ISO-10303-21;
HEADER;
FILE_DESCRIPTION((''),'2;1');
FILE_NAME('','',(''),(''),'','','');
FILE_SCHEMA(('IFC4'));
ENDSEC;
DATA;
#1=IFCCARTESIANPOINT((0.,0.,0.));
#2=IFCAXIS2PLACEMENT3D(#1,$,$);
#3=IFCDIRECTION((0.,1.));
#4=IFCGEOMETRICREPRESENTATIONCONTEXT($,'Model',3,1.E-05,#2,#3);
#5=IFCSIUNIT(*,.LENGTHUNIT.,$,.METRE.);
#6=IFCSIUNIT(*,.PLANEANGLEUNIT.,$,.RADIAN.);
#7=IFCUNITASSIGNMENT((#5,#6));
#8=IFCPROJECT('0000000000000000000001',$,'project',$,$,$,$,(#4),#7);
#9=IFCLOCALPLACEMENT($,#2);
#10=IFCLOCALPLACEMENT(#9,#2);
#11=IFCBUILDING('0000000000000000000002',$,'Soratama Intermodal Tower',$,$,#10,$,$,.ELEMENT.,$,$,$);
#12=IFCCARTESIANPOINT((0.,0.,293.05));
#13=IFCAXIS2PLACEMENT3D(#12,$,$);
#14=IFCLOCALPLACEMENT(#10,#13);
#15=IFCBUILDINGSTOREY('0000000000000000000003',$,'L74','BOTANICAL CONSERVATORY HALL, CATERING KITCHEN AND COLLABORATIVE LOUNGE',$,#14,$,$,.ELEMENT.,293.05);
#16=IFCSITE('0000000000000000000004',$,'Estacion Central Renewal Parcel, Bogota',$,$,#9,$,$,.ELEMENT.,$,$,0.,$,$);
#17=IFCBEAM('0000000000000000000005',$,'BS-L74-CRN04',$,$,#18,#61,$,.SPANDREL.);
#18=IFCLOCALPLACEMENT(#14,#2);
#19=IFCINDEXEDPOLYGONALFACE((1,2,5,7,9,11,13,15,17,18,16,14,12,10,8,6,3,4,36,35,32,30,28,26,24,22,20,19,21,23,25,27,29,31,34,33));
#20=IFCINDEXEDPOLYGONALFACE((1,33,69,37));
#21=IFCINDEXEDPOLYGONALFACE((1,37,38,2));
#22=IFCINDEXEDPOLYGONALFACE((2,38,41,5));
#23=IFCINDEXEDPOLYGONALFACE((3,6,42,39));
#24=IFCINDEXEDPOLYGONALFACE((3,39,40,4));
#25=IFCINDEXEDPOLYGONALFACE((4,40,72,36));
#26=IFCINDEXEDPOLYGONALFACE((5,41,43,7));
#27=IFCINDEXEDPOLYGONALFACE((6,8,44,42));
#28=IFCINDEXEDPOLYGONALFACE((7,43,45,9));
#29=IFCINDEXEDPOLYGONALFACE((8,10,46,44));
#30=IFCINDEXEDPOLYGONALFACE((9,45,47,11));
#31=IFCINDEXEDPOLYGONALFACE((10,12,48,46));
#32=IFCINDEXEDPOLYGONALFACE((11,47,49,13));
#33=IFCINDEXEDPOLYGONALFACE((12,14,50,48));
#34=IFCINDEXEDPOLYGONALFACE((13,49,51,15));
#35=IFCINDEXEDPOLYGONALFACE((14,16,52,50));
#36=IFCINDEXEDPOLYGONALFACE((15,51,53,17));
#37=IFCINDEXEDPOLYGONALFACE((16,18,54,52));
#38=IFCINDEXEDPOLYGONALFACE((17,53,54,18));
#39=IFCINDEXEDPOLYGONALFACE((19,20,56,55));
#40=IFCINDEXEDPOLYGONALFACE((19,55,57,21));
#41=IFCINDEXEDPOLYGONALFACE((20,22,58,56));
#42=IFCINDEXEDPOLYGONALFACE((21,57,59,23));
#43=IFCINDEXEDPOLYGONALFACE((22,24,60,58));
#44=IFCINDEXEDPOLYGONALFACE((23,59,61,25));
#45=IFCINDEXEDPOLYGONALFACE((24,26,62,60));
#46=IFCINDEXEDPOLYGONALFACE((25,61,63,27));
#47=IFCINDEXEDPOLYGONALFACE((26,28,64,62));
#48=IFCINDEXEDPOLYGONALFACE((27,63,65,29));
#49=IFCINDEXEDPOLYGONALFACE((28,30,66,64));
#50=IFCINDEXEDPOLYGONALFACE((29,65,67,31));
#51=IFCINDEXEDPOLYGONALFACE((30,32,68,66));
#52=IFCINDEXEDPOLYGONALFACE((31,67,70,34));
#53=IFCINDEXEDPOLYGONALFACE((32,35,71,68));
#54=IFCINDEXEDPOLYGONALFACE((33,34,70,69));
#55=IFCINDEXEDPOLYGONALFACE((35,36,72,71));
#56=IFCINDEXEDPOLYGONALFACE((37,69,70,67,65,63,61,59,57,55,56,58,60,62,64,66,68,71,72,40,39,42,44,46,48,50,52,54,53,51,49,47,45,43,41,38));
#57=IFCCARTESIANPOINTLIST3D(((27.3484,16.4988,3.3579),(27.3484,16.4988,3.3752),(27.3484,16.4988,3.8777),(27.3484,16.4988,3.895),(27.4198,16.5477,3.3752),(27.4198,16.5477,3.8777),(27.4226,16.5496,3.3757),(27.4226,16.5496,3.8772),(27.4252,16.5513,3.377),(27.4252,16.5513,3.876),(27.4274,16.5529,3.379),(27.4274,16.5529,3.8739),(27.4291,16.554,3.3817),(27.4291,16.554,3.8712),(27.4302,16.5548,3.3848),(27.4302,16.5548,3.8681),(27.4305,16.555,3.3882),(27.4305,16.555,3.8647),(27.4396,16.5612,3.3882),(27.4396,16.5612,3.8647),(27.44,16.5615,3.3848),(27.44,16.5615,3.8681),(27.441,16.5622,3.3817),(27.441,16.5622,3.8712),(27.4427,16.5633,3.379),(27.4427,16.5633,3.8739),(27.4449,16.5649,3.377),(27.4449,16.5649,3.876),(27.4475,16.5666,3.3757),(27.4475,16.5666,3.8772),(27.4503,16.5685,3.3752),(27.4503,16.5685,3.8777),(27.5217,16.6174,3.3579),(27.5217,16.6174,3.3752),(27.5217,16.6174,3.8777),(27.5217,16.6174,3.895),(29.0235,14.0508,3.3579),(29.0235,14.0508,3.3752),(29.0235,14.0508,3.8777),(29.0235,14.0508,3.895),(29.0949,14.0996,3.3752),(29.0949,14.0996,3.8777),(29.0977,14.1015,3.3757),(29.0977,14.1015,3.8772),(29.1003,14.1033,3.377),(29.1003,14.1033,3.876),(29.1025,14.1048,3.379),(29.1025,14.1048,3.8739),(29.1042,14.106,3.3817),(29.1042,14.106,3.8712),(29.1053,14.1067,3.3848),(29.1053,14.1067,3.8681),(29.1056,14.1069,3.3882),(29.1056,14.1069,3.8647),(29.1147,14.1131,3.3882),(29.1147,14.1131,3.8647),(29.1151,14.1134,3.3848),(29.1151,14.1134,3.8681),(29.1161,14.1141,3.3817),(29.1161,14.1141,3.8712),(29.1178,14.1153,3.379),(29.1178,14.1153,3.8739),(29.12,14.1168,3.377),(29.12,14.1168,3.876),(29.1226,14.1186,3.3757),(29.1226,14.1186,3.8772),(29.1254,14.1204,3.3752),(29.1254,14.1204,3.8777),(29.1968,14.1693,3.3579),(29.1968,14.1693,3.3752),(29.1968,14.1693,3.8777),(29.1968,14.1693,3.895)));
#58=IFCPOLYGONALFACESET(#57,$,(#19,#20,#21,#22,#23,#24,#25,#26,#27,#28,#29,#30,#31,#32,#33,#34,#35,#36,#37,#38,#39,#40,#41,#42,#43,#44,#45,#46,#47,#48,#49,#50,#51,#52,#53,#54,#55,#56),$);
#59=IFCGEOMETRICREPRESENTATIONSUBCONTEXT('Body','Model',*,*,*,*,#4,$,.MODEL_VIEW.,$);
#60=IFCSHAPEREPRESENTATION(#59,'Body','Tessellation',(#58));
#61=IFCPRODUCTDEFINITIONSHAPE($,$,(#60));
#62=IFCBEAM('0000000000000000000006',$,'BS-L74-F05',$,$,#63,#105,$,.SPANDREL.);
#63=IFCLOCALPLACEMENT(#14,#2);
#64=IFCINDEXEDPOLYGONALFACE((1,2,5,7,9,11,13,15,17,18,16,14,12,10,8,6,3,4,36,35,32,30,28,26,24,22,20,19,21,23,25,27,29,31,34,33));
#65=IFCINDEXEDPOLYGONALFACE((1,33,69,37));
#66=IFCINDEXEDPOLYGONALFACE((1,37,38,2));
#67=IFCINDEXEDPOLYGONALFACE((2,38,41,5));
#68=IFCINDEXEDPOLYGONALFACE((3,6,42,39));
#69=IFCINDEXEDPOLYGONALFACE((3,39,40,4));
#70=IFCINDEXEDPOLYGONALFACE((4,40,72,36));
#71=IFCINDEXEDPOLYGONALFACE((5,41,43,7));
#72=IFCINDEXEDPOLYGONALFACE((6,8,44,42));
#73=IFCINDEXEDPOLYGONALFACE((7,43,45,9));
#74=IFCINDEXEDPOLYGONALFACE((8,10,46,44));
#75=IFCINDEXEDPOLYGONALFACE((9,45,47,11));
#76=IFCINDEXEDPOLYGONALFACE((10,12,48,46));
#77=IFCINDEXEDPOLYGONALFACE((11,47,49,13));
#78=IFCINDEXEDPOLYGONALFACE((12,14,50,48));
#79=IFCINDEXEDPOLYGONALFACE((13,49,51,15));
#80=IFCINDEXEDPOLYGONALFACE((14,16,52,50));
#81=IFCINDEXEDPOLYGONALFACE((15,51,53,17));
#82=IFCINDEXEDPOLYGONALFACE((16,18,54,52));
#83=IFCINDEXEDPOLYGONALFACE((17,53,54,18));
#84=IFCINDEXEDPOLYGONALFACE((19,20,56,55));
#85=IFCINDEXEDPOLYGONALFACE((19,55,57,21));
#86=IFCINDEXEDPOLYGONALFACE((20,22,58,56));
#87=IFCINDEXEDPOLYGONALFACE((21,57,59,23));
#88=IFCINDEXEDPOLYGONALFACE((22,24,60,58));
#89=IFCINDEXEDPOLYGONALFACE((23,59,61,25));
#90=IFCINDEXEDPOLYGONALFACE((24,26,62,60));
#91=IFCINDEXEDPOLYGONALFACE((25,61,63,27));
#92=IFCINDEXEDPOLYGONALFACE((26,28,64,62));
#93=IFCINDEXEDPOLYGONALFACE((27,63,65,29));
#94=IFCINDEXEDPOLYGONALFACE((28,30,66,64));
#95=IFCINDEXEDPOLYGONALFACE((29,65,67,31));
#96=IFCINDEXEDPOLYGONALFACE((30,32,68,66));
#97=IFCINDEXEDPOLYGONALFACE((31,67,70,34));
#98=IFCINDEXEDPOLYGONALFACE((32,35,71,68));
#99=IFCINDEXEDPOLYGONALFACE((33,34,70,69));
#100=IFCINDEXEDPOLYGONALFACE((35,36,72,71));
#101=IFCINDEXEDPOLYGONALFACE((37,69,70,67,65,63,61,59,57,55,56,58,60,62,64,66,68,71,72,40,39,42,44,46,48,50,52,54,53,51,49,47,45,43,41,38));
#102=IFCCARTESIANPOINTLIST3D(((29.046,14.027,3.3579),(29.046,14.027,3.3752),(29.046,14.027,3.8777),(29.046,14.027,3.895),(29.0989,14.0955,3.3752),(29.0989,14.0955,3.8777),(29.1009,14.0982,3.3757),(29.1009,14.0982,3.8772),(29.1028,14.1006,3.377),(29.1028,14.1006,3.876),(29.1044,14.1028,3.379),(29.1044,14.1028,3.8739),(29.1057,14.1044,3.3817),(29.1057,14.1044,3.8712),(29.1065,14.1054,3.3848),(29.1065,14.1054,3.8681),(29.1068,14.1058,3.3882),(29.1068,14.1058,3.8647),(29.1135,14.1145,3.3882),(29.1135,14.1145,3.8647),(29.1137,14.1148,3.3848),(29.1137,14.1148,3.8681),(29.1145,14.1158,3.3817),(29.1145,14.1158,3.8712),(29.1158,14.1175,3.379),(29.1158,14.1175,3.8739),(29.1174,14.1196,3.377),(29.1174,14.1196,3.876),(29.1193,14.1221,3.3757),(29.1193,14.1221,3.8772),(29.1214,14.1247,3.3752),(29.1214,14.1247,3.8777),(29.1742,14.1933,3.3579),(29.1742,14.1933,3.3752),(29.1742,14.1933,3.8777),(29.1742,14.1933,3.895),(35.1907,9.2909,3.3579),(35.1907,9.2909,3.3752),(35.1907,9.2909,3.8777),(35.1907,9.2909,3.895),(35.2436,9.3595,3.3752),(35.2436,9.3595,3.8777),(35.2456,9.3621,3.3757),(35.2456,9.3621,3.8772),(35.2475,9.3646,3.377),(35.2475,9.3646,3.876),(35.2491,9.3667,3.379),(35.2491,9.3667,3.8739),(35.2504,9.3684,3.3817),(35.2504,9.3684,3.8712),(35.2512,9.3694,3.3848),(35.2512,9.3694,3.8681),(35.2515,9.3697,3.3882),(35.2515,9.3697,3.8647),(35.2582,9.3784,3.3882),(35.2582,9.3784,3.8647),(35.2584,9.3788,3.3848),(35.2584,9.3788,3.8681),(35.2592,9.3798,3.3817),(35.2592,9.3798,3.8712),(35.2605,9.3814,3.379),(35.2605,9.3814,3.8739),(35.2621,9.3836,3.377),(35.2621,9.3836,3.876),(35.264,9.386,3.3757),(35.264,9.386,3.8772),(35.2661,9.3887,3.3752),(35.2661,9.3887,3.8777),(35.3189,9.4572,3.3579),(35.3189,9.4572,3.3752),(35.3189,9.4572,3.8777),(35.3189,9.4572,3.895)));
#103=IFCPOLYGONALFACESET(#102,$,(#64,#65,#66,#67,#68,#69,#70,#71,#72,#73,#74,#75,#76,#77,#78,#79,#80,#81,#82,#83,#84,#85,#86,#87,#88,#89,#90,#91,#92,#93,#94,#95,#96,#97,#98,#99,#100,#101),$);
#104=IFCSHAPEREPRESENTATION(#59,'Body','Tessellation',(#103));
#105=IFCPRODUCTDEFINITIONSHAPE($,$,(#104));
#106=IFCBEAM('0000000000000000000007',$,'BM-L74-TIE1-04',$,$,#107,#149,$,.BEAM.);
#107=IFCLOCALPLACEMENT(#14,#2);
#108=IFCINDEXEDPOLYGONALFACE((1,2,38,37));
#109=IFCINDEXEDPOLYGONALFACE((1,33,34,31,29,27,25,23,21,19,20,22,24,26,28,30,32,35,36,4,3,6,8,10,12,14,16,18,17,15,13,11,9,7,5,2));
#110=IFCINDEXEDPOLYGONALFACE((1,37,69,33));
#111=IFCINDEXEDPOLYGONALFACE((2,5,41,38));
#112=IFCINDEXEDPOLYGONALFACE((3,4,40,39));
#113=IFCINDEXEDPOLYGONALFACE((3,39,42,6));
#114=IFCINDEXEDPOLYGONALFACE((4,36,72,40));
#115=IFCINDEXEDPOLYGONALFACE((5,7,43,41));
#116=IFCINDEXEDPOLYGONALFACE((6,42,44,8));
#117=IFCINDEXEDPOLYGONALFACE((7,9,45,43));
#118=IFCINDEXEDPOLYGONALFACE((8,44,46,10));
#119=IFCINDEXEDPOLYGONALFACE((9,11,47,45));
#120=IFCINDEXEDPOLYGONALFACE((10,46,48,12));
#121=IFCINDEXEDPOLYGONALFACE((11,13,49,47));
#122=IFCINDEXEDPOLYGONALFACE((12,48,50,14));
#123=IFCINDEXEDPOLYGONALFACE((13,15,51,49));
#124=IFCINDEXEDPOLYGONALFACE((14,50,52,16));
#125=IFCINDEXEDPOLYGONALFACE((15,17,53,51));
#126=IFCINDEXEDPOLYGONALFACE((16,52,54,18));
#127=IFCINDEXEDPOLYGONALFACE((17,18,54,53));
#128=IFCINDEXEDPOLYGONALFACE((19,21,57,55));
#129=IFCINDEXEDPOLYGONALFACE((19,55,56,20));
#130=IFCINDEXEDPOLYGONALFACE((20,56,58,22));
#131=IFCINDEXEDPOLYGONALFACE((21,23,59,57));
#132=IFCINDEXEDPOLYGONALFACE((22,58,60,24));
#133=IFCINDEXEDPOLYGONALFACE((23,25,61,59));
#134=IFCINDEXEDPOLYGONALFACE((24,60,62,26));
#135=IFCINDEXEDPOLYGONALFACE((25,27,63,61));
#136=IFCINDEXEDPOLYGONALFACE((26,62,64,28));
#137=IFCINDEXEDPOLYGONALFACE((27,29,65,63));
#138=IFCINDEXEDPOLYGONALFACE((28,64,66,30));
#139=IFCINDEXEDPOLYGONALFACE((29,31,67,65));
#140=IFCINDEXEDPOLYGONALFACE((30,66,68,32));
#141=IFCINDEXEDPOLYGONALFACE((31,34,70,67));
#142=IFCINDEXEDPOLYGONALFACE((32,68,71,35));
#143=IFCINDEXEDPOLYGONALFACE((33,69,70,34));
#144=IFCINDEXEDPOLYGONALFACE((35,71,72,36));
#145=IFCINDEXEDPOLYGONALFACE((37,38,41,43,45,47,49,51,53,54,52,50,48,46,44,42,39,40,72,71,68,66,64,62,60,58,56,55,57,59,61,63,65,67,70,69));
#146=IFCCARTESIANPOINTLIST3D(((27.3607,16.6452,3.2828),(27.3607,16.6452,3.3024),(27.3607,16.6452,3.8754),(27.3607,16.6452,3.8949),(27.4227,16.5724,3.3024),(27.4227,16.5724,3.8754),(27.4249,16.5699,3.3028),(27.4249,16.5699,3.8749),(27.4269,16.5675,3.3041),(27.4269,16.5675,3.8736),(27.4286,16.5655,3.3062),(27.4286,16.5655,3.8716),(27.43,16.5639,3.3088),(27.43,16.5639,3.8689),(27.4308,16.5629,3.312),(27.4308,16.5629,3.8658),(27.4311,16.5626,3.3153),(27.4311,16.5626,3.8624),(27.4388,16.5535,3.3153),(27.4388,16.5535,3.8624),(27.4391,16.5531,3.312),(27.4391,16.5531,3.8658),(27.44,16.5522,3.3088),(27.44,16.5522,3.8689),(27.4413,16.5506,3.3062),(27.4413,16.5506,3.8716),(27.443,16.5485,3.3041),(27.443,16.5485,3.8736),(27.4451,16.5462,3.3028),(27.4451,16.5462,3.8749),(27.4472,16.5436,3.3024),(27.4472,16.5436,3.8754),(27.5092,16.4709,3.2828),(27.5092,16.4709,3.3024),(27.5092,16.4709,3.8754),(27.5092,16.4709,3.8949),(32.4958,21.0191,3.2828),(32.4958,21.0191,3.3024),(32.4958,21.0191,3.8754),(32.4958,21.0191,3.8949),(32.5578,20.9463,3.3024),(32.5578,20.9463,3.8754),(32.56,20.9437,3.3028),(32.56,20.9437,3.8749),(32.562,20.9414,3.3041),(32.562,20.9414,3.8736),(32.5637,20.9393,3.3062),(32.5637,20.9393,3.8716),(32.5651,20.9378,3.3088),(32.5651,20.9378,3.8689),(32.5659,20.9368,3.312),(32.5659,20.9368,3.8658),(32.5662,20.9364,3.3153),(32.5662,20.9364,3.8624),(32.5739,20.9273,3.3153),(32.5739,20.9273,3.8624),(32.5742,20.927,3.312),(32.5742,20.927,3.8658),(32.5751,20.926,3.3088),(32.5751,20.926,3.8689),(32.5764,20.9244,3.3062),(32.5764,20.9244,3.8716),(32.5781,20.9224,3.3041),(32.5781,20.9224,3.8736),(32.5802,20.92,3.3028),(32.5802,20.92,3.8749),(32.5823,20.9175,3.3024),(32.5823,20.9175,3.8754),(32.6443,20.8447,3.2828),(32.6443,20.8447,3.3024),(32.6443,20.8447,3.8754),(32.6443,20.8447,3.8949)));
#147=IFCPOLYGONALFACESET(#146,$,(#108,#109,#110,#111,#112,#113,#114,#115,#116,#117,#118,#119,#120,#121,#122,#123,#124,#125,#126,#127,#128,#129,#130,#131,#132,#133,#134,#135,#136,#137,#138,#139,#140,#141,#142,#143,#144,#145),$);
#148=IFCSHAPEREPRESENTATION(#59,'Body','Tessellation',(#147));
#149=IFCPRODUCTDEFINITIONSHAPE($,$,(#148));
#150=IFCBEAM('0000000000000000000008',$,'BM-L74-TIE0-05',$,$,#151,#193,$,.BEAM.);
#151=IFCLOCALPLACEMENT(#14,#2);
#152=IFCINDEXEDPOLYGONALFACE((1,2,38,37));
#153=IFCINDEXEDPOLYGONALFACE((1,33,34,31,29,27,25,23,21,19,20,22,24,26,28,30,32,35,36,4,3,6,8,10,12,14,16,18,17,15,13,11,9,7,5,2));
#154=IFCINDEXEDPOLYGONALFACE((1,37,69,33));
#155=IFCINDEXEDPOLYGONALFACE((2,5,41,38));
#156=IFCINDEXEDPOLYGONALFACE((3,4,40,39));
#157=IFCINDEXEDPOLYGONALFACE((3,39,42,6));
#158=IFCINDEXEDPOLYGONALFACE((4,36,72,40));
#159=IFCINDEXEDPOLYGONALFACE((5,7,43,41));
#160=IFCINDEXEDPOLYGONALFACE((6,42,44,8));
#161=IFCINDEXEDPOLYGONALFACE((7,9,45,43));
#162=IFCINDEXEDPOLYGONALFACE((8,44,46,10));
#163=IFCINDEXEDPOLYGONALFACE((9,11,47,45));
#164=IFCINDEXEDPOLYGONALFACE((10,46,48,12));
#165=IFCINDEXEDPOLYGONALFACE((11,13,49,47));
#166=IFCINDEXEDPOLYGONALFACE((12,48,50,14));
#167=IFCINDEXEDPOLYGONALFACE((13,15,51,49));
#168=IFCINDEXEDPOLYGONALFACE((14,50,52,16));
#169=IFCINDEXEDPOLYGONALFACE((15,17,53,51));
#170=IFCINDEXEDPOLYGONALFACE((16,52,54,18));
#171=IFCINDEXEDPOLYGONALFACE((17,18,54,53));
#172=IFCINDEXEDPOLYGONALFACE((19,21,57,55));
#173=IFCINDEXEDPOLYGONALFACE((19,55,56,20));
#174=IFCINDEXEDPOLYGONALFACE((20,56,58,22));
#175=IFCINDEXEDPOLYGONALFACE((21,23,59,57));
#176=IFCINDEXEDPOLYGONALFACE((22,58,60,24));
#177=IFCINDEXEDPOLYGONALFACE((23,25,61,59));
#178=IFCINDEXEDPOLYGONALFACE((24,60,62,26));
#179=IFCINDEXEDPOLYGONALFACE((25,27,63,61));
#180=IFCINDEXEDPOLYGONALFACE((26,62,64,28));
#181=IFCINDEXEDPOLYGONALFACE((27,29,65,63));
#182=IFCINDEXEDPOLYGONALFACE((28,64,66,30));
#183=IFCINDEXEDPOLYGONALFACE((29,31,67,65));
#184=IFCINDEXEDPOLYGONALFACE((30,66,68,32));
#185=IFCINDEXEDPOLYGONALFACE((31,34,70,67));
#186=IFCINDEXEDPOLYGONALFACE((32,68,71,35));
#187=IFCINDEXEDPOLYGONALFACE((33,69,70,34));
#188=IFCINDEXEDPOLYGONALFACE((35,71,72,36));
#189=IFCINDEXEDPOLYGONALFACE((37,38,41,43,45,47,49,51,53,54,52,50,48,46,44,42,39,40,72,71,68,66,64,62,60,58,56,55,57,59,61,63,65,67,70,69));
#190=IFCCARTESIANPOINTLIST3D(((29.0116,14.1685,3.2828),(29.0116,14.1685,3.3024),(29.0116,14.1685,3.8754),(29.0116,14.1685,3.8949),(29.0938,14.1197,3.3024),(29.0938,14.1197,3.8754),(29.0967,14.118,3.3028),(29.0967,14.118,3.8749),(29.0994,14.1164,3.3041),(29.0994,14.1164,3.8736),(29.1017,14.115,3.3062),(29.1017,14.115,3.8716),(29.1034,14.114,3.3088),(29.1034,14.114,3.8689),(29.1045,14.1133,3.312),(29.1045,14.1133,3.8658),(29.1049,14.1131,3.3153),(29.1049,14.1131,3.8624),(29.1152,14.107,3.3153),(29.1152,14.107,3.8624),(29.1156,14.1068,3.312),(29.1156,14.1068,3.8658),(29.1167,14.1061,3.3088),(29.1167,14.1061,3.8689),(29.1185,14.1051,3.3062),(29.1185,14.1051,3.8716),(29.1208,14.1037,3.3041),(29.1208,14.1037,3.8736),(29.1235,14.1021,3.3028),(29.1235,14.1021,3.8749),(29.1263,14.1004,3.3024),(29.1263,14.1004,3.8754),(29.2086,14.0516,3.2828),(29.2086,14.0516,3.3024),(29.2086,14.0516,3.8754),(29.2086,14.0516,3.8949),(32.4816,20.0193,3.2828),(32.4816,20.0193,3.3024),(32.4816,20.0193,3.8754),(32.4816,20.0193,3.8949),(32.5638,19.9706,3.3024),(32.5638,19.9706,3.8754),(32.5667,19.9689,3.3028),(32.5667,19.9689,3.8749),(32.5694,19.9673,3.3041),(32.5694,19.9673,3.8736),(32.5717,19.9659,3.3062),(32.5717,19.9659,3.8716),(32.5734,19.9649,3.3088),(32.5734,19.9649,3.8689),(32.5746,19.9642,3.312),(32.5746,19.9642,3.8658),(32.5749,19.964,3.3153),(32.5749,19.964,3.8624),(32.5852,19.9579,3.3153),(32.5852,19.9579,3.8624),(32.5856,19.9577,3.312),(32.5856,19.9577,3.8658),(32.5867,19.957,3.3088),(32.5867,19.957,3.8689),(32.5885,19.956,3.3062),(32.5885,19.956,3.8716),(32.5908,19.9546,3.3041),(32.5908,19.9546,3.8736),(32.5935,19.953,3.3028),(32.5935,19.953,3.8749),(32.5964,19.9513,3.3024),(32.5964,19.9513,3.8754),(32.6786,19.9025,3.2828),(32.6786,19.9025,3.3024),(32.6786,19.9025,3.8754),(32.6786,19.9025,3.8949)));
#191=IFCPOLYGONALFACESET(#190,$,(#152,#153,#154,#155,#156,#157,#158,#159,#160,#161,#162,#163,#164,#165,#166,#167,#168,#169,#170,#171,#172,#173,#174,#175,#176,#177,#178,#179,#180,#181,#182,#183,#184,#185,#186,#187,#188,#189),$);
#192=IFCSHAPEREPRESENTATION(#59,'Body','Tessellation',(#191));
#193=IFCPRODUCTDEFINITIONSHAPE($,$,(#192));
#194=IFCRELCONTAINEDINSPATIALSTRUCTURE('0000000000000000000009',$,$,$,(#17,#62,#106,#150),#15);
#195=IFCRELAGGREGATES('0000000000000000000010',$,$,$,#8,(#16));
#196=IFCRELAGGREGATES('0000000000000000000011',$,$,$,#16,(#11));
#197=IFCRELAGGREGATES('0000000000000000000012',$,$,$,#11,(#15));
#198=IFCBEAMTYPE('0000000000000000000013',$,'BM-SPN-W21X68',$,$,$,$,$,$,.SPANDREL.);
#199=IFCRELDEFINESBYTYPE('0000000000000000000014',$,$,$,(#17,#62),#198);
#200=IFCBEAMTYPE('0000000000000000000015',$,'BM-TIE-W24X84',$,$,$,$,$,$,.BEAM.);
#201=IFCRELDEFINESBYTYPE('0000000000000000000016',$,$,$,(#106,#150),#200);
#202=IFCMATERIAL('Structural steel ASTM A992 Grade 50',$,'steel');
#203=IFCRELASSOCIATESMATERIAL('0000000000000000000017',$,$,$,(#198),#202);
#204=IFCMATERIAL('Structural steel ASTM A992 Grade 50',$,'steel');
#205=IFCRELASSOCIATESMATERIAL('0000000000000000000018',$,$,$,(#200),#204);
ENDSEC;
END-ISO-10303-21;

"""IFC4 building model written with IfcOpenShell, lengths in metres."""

from ifc_helpers import new_model, si_unit, direction, frame, origin, origin_2d, place, context, subcontext, project, spatial, i_section, extrude, material, material_profile, profile_set, type_object, element, save


model = new_model("IFC4")

# Units and contexts
model_context = context("Model", 3, precision=1e-05, world=origin(), true_north=direction((0.0, 1.0)))
body_context = subcontext(model_context, "Body", "Model", "MODEL_VIEW")
ifc_project = project(units=[si_unit("LENGTHUNIT", "METRE"), si_unit("PLANEANGLEUNIT", "RADIAN")], contexts=[model_context])

# Site, building, storey
site_placement = place(None, origin())
site = spatial("IfcSite", under=ifc_project, at=site_placement, Name="Estacion Central Renewal Parcel, Bogota", CompositionType="ELEMENT", RefElevation=0.0)
building_placement = place(site_placement, origin())
building = spatial("IfcBuilding", under=site, at=building_placement, Name="Soratama Intermodal Tower", CompositionType="ELEMENT")
storey_placement = place(building_placement, frame((0.0, 0.0, 293.05)))
storey = spatial("IfcBuildingStorey", under=building, at=storey_placement, Name="L74", Description="BOTANICAL CONSERVATORY HALL, CATERING KITCHEN AND COLLABORATIVE LOUNGE", CompositionType="ELEMENT", Elevation=293.05)

# Beams
ifc_material_1 = material(Name="Structural steel ASTM A992 Grade 50", Category="steel")
ifc_material_profile_1 = material_profile(ifc_material_1, i_section(OverallWidth=0.21, OverallDepth=0.5371, WebThickness=0.011, FlangeThickness=0.0173, FilletRadius=0.0129, at=origin_2d()), Name="W21X68")
ifc_profile_set_1 = profile_set([ifc_material_profile_1], Name="Structural steel ASTM A992 Grade 50")
beam_type_1 = type_object("IfcBeamType", Name="BM-SPN-W21X68", PredefinedType="SPANDREL", material=ifc_profile_set_1)
beam_1_placement = place(storey_placement, frame((27.4351, 16.5581, 3.6265), z_axis=(0.564708, -0.825291, 0.0), x_axis=(0.825291, 0.564708, 0.0)))
element("IfcBeam", 1, at=beam_1_placement, inside=storey, type_object=beam_type_1, Name="BS-L74-CRN04", PredefinedType="SPANDREL", context=body_context, shape_type="SweptSolid", body=[
    extrude(i_section(OverallWidth=0.21, OverallDepth=0.5371, WebThickness=0.011, FlangeThickness=0.0173, FilletRadius=0.0129, at=origin_2d()), origin(), (0.0, 0.0, 1.0), 2.9663),
])
beam_2_placement = place(storey_placement, frame((29.1101, 14.1101, 3.6265), z_axis=(0.792042, -0.610466, 0.0), x_axis=(0.610466, 0.792042, 0.0)))
element("IfcBeam", 2, at=beam_2_placement, inside=storey, type_object=beam_type_1, Name="BS-L74-F05", PredefinedType="SPANDREL", context=body_context, shape_type="SweptSolid", body=[
    extrude(i_section(OverallWidth=0.21, OverallDepth=0.5371, WebThickness=0.011, FlangeThickness=0.0173, FilletRadius=0.0129, at=origin_2d()), origin(), (0.0, 0.0, 1.0), 7.7581),
])
ifc_material_2 = material(Name="Structural steel ASTM A992 Grade 50", Category="steel")
ifc_material_profile_2 = material_profile(ifc_material_2, i_section(OverallWidth=0.229, OverallDepth=0.6121, WebThickness=0.012, FlangeThickness=0.0195, FilletRadius=0.0129, at=origin_2d()), Name="W24X84")
ifc_profile_set_2 = profile_set([ifc_material_profile_2], Name="Structural steel ASTM A992 Grade 50")
beam_type_2 = type_object("IfcBeamType", Name="BM-TIE-W24X84", PredefinedType="BEAM", material=ifc_profile_set_2)
beam_3_placement = place(storey_placement, frame((32.5701, 20.9319, 3.5889), z_axis=(-0.761279, -0.648425, 0.0), x_axis=(0.648425, -0.761279, 0.0)))
element("IfcBeam", 3, at=beam_3_placement, inside=storey, type_object=beam_type_2, Name="BM-L74-TIE1-04", PredefinedType="BEAM", context=body_context, shape_type="SweptSolid", body=[
    extrude(i_section(OverallWidth=0.229, OverallDepth=0.6121, WebThickness=0.012, FlangeThickness=0.0195, FilletRadius=0.0129, at=origin_2d()), origin(), (0.0, 0.0, 1.0), 6.7454),
])
beam_4_placement = place(storey_placement, frame((32.5801, 19.9609, 3.5889), z_axis=(-0.510108, -0.86011, 0.0), x_axis=(0.86011, -0.510108, 0.0)))
element("IfcBeam", 4, at=beam_4_placement, inside=storey, type_object=beam_type_2, Name="BM-L74-TIE0-05", PredefinedType="BEAM", context=body_context, shape_type="SweptSolid", body=[
    extrude(i_section(OverallWidth=0.229, OverallDepth=0.6121, WebThickness=0.012, FlangeThickness=0.0195, FilletRadius=0.0129, at=origin_2d()), origin(), (0.0, 0.0, 1.0), 6.8025),
])

save(model, "model.ifc")
